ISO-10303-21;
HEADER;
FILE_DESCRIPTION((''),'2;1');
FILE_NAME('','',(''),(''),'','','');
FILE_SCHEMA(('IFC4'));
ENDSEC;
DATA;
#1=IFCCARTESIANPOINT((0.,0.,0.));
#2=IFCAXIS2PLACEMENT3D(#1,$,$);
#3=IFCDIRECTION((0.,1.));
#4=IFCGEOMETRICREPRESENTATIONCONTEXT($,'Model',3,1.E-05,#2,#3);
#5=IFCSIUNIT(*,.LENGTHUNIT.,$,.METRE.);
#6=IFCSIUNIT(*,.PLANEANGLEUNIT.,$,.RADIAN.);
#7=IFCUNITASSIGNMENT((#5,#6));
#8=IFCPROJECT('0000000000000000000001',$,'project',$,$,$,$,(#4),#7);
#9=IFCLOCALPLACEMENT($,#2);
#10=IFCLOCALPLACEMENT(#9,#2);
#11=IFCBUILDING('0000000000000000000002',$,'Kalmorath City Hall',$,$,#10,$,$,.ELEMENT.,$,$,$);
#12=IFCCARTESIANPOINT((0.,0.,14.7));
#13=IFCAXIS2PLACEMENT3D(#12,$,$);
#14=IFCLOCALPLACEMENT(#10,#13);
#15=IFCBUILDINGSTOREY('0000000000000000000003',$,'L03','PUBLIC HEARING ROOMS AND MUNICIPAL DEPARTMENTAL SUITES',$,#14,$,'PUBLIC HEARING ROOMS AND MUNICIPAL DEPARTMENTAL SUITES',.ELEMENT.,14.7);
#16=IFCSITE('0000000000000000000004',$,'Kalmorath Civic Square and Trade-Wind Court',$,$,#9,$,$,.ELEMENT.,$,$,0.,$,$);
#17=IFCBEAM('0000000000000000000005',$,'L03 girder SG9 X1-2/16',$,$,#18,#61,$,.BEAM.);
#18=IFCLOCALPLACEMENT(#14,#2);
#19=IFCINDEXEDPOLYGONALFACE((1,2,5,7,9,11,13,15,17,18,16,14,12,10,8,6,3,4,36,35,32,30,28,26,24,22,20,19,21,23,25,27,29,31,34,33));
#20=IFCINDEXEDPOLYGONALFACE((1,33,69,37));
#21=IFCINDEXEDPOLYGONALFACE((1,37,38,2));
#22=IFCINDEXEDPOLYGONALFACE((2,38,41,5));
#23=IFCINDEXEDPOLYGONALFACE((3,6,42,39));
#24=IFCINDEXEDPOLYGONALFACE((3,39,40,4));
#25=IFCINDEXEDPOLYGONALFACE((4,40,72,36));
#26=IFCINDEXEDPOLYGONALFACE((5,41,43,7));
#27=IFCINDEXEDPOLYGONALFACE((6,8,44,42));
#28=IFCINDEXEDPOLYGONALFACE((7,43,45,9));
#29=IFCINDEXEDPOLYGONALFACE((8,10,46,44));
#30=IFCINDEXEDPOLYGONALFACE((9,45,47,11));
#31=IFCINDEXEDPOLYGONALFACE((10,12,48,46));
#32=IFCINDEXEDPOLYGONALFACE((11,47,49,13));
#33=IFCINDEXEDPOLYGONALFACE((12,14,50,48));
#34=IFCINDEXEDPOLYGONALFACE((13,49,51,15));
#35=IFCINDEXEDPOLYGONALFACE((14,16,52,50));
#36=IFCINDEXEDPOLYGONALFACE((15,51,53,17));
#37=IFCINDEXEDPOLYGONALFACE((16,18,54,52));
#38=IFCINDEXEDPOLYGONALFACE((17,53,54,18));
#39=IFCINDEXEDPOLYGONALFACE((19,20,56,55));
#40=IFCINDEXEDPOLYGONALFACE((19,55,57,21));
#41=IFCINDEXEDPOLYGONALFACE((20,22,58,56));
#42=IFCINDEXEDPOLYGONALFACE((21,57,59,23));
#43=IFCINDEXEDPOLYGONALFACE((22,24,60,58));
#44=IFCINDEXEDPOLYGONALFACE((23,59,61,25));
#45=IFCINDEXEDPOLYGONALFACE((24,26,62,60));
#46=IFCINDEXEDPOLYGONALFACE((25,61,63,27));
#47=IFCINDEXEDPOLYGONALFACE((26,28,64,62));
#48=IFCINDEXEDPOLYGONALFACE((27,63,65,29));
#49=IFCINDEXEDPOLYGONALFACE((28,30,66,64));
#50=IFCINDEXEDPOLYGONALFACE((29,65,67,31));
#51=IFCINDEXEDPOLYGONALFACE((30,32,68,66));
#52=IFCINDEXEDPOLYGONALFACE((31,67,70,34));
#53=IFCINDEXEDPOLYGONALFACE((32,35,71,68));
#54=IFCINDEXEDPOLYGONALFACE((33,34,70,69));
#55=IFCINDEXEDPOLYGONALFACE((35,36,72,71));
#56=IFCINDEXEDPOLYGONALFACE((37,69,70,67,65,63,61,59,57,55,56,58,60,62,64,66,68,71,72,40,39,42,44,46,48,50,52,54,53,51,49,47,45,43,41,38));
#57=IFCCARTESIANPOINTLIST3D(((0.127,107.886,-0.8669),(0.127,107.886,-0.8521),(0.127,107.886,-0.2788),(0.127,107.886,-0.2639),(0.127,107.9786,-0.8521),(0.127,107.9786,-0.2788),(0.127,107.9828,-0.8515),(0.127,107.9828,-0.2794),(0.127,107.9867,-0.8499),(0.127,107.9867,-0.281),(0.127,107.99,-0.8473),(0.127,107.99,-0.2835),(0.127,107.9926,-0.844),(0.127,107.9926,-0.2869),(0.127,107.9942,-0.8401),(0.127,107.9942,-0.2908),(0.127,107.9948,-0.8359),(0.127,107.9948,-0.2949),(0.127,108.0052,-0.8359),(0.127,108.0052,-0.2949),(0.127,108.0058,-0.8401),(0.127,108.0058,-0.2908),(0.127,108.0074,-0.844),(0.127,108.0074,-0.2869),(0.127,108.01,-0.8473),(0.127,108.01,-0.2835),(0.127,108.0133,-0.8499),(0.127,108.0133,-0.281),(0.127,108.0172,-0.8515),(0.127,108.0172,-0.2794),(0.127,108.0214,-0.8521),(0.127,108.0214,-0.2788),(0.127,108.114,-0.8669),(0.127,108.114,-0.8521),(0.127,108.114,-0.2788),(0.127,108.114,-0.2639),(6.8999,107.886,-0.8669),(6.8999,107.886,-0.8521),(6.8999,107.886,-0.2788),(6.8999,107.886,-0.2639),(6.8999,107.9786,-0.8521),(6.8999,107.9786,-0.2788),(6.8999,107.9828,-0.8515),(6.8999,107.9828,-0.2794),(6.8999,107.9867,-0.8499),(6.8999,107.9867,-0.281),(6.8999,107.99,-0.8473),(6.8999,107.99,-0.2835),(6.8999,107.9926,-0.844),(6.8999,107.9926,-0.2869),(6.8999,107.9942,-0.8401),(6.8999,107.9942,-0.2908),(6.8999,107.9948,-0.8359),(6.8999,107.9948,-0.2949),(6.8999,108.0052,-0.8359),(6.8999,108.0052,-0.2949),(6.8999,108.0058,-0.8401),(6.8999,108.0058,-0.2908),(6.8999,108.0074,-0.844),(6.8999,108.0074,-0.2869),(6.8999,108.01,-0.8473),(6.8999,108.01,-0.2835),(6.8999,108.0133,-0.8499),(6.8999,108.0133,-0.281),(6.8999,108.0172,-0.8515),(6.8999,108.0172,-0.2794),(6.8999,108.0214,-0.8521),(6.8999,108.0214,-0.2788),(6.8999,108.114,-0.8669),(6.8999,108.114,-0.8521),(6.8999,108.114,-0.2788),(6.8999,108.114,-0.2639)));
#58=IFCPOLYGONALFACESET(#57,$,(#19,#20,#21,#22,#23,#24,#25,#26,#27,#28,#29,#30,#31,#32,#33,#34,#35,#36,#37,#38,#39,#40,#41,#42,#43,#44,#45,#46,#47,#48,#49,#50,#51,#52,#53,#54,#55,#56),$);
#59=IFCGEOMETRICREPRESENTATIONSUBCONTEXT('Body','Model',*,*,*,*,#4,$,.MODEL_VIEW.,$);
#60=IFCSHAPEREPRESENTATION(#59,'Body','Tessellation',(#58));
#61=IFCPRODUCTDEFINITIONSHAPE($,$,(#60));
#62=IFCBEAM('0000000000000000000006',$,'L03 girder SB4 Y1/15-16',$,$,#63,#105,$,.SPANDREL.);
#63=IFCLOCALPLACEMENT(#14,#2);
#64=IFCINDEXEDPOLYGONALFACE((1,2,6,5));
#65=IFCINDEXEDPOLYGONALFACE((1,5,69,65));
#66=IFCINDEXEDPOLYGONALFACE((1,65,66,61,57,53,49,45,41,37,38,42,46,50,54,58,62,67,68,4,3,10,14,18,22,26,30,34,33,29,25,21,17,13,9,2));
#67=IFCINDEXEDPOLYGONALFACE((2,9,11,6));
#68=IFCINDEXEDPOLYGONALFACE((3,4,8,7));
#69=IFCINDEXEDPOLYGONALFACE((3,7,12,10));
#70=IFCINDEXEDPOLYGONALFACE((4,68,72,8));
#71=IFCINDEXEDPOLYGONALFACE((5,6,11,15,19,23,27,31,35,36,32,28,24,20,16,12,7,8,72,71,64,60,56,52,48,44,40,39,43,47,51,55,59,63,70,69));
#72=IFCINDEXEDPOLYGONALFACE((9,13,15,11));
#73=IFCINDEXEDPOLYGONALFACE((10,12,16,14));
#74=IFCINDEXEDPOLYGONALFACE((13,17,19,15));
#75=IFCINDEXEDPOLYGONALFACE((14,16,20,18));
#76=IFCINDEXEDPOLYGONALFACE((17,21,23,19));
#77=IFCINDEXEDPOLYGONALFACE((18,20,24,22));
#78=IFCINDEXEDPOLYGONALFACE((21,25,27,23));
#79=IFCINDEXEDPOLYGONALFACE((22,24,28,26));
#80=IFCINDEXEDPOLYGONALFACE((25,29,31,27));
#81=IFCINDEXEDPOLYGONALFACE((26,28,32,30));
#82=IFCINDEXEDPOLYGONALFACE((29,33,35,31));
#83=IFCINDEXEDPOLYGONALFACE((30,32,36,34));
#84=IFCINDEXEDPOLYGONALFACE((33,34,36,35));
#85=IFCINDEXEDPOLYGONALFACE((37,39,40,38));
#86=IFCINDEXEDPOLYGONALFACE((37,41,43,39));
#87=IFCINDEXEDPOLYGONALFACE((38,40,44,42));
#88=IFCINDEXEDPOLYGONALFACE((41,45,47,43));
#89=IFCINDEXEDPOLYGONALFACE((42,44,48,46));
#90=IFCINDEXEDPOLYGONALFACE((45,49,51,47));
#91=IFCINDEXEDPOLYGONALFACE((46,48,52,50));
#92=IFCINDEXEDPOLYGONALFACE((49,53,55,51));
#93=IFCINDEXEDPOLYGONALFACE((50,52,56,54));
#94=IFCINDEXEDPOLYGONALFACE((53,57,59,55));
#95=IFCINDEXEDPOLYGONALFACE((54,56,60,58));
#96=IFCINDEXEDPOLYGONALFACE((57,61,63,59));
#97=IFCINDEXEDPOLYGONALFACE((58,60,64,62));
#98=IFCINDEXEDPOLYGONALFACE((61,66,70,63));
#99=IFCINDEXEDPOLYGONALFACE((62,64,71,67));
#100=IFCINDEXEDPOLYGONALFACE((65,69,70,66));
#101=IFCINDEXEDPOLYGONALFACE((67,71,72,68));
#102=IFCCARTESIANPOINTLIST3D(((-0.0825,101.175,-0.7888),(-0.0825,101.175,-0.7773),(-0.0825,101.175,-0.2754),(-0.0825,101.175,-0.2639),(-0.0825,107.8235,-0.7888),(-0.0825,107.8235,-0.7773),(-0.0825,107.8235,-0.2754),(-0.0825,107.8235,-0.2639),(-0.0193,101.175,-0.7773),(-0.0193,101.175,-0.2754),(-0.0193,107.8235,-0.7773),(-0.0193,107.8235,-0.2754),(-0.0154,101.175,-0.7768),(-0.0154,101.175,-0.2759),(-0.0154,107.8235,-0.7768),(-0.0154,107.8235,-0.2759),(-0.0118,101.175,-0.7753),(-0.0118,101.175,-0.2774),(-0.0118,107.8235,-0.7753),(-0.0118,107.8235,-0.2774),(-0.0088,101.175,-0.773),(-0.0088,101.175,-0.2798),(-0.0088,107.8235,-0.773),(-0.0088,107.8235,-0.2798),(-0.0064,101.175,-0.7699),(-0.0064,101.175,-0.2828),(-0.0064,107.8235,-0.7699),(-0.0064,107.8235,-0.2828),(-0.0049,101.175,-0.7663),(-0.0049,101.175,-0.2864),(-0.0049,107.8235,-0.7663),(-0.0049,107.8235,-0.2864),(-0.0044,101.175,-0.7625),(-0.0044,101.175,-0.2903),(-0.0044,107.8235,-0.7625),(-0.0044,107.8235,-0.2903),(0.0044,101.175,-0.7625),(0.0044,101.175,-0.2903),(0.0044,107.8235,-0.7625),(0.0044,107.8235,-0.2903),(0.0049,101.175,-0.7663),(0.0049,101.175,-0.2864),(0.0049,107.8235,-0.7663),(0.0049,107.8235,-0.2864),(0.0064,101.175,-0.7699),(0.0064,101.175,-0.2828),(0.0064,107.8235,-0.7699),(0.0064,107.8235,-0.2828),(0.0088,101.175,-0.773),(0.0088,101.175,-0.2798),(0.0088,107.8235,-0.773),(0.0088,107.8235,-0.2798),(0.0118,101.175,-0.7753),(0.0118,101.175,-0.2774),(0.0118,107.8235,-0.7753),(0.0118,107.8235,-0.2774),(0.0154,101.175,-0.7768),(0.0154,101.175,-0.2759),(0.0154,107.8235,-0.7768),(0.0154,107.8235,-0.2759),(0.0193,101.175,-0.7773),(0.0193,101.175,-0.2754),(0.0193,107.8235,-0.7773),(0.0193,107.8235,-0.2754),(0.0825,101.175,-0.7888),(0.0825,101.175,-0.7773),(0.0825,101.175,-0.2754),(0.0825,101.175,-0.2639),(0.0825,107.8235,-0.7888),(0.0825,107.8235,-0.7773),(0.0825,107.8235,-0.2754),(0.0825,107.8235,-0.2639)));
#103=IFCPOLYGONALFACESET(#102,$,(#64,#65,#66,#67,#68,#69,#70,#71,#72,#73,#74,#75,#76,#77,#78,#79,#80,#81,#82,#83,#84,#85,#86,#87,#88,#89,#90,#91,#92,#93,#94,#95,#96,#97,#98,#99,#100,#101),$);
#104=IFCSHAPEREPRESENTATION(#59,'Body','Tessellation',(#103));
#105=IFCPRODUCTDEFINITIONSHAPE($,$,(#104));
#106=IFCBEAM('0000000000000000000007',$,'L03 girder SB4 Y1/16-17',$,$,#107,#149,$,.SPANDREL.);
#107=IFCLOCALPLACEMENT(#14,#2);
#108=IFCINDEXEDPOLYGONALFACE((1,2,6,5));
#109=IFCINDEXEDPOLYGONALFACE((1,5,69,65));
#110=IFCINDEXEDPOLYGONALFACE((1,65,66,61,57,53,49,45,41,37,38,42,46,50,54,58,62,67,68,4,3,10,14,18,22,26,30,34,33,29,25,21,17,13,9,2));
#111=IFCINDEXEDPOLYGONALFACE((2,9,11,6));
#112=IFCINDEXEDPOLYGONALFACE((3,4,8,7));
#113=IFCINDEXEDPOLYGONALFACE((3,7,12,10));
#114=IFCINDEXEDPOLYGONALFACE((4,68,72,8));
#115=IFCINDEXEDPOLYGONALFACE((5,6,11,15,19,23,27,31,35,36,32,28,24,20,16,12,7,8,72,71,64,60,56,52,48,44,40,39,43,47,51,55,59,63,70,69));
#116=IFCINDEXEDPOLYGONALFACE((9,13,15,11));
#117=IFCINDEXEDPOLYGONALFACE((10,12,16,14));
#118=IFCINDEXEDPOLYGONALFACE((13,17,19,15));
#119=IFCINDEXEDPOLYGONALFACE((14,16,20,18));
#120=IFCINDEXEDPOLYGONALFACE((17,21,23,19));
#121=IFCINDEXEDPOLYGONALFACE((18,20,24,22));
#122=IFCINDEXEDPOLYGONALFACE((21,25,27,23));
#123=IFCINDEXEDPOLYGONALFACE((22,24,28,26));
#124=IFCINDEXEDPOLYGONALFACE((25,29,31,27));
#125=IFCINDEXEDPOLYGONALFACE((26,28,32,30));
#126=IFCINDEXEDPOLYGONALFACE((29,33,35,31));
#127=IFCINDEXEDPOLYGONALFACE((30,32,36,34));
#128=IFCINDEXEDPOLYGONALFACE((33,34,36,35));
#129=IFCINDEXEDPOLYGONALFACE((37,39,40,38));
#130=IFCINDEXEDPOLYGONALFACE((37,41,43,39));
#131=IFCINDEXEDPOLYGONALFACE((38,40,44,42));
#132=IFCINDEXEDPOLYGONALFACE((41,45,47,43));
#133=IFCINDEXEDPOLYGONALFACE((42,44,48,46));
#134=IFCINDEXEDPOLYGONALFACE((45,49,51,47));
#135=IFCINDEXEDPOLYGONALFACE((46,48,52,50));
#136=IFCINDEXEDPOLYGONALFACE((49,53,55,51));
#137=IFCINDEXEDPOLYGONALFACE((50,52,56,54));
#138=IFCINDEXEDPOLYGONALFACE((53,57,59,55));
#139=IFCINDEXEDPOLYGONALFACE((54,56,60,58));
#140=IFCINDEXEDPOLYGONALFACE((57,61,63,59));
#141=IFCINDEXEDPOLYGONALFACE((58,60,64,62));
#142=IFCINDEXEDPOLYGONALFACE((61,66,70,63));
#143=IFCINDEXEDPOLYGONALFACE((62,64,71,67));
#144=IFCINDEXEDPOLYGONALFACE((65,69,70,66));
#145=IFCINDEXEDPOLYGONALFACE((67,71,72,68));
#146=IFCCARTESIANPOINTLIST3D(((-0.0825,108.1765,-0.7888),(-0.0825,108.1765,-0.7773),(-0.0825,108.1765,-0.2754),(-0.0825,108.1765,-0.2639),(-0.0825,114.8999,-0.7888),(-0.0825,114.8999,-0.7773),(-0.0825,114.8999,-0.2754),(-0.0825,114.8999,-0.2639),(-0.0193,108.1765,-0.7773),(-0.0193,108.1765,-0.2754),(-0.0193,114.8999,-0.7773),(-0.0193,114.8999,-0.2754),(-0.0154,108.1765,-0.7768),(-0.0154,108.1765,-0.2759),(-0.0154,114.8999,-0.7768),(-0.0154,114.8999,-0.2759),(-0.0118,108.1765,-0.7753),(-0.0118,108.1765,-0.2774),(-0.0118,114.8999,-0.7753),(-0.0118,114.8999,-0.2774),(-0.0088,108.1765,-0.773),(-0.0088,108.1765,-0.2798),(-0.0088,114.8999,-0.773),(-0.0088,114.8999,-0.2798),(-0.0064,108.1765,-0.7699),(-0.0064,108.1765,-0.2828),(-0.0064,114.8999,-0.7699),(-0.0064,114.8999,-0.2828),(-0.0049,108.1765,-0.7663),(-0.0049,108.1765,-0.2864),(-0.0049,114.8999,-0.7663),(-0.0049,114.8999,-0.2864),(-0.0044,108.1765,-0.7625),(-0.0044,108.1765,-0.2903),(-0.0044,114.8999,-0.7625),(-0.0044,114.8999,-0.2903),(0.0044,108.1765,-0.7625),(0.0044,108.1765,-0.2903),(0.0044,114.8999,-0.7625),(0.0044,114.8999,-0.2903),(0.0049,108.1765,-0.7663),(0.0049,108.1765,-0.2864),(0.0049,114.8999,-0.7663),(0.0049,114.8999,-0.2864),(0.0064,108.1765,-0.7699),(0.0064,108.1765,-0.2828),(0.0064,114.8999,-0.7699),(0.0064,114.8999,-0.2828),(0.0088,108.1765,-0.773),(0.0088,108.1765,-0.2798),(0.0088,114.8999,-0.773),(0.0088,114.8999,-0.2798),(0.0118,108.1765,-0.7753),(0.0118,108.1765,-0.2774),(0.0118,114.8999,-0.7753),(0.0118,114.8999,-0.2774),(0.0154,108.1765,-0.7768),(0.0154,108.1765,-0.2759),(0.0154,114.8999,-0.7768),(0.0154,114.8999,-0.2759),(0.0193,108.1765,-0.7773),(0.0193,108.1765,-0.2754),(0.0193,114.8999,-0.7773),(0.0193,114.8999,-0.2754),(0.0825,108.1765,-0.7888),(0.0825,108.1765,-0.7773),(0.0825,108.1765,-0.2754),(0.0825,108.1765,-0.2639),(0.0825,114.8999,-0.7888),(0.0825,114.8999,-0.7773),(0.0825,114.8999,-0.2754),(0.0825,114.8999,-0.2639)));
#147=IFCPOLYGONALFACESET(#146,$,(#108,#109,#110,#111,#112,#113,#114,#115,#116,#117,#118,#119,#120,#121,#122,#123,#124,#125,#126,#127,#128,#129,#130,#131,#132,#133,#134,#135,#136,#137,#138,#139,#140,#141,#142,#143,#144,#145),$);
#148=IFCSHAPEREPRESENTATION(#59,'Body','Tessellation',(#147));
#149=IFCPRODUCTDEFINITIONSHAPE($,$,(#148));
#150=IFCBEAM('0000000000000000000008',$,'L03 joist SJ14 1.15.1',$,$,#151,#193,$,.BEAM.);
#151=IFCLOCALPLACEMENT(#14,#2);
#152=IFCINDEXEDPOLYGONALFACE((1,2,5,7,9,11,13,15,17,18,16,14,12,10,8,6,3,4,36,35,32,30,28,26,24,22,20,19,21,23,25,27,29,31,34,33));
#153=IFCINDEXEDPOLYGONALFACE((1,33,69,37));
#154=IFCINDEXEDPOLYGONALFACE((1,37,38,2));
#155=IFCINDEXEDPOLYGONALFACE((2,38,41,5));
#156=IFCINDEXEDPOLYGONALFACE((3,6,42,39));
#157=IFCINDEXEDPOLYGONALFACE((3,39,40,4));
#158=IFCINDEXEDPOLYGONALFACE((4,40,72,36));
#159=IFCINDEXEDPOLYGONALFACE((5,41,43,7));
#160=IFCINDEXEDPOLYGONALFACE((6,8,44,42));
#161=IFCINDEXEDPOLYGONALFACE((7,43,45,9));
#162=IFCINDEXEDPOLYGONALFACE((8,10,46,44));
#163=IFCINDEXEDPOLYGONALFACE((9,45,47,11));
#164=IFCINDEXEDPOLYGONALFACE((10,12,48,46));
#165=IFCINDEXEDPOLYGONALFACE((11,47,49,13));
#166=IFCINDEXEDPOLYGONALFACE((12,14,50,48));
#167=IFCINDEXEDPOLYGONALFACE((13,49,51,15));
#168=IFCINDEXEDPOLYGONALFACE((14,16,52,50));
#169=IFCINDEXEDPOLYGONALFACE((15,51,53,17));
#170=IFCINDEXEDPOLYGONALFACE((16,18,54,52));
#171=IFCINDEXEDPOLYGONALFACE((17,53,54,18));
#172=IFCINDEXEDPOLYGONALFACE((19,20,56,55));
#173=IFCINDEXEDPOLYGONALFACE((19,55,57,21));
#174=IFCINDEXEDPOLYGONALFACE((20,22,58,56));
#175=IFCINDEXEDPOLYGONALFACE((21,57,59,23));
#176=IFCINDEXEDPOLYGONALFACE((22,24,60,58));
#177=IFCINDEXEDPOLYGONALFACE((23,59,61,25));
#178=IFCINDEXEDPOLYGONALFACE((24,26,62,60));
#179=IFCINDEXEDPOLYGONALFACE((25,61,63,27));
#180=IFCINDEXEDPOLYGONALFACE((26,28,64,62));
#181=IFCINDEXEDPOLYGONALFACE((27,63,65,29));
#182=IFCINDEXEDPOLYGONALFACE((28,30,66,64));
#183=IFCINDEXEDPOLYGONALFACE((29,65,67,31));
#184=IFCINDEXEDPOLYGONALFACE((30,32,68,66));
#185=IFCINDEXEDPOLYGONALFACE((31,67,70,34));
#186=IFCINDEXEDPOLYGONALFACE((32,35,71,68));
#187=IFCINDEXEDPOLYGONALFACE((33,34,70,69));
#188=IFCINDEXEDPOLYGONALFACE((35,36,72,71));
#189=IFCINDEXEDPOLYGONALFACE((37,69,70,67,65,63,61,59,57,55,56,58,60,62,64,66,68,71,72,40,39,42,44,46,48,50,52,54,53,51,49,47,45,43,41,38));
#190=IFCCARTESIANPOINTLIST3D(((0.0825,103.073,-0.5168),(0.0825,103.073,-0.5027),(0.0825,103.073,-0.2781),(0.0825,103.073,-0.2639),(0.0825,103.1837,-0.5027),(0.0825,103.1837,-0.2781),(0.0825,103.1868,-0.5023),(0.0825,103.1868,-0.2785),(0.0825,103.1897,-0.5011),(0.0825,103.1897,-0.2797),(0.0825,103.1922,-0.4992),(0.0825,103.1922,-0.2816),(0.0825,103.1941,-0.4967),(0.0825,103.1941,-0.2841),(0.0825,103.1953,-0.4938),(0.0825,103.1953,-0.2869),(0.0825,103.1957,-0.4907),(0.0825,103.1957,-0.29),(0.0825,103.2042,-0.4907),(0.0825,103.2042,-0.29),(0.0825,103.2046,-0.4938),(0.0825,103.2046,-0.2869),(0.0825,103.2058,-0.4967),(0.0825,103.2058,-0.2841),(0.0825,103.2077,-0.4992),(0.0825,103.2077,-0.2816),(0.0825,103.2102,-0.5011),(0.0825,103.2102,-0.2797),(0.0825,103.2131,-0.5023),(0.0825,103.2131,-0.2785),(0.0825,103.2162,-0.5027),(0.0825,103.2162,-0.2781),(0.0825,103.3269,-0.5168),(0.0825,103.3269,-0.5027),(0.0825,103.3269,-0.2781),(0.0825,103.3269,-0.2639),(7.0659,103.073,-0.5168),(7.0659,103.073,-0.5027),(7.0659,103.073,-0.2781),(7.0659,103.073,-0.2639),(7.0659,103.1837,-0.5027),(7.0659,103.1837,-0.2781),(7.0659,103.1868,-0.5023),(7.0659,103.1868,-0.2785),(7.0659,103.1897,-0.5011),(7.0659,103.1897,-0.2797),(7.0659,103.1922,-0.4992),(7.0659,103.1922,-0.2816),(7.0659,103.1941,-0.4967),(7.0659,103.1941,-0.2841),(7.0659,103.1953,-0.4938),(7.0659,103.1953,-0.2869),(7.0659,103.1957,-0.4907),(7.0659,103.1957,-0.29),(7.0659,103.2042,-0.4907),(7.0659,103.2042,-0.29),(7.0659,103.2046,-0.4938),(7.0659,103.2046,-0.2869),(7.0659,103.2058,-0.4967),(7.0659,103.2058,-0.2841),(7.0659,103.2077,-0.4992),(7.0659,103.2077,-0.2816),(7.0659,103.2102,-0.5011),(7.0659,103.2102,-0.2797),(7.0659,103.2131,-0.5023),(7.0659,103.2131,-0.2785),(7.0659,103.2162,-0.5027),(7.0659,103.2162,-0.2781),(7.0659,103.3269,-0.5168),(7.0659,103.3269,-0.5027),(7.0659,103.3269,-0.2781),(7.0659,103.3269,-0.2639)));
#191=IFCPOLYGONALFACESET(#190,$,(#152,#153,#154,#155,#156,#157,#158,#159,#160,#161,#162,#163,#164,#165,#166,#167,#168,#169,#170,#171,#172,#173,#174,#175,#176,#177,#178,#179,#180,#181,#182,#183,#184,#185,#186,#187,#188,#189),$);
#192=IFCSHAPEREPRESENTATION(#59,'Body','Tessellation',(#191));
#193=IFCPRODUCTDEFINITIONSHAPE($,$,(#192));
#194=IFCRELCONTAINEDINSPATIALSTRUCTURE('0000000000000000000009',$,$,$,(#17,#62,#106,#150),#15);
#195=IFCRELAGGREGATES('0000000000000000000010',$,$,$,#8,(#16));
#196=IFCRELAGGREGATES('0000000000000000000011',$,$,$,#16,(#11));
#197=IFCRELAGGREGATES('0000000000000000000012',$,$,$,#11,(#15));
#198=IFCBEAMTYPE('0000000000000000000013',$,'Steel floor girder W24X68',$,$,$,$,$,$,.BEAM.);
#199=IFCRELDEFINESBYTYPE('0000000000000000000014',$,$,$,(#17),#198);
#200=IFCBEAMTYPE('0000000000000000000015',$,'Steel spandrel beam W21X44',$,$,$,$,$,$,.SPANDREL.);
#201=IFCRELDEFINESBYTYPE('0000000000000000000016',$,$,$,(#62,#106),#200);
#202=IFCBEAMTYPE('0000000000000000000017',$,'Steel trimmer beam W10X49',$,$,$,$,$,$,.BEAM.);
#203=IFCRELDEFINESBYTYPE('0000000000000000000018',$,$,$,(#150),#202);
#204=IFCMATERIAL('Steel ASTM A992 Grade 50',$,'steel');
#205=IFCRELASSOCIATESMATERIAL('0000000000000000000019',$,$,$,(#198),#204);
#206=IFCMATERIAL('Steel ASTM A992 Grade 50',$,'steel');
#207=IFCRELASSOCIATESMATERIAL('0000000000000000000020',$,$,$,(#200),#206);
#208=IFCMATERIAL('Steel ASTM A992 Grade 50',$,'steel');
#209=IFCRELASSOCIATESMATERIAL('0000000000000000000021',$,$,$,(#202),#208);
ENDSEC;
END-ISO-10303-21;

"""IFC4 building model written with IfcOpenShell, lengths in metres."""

from ifc_helpers import new_model, si_unit, direction, frame, origin, origin_2d, place, context, subcontext, project, spatial, i_section, extrude, material, material_profile, profile_set, type_object, element, save


model = new_model("IFC4")

# Units and contexts
model_context = context("Model", 3, precision=1e-05, world=origin(), true_north=direction((0.0, 1.0)))
body_context = subcontext(model_context, "Body", "Model", "MODEL_VIEW")
ifc_project = project(units=[si_unit("LENGTHUNIT", "METRE"), si_unit("PLANEANGLEUNIT", "RADIAN")], contexts=[model_context])

# Site, building, storey
site_placement = place(None, origin())
site = spatial("IfcSite", under=ifc_project, at=site_placement, Name="Kalmorath Civic Square and Trade-Wind Court", CompositionType="ELEMENT", RefElevation=0.0)
building_placement = place(site_placement, origin())
building = spatial("IfcBuilding", under=site, at=building_placement, Name="Kalmorath City Hall", CompositionType="ELEMENT")
storey_placement = place(building_placement, frame((0.0, 0.0, 14.7)))
storey = spatial("IfcBuildingStorey", under=building, at=storey_placement, Name="L03", Description="PUBLIC HEARING ROOMS AND MUNICIPAL DEPARTMENTAL SUITES", LongName="PUBLIC HEARING ROOMS AND MUNICIPAL DEPARTMENTAL SUITES", CompositionType="ELEMENT", Elevation=14.7)

# Beams
ifc_material_1 = material(Name="Steel ASTM A992 Grade 50", Category="steel")
ifc_material_profile_1 = material_profile(ifc_material_1, i_section(OverallWidth=0.228, OverallDepth=0.603, WebThickness=0.0105, FlangeThickness=0.0149, FilletRadius=0.0161, at=origin_2d()), Name="W24X68")
ifc_profile_set_1 = profile_set([ifc_material_profile_1], Name="Steel ASTM A992 Grade 50")
beam_type_1 = type_object("IfcBeamType", Name="Steel floor girder W24X68", PredefinedType="BEAM", material=ifc_profile_set_1)
beam_1_placement = place(storey_placement, frame((0.127, 108.0, -0.5654), z_axis=(1.0, 0.0, 0.0), x_axis=(0.0, 1.0, 0.0)))
element("IfcBeam", 1, at=beam_1_placement, inside=storey, type_object=beam_type_1, Name="L03 girder SG9 X1-2/16", PredefinedType="BEAM", context=body_context, shape_type="SweptSolid", body=[
    extrude(i_section(OverallWidth=0.228, OverallDepth=0.603, WebThickness=0.0105, FlangeThickness=0.0149, FilletRadius=0.0161, at=origin_2d()), origin(), (0.0, 0.0, 1.0), 6.7729),
])
ifc_material_2 = material(Name="Steel ASTM A992 Grade 50", Category="steel")
ifc_material_profile_2 = material_profile(ifc_material_2, i_section(OverallWidth=0.165, OverallDepth=0.5249, WebThickness=0.0088, FlangeThickness=0.0115, FilletRadius=0.0149, at=origin_2d()), Name="W21X44")
ifc_profile_set_2 = profile_set([ifc_material_profile_2], Name="Steel ASTM A992 Grade 50")
beam_type_2 = type_object("IfcBeamType", Name="Steel spandrel beam W21X44", PredefinedType="SPANDREL", material=ifc_profile_set_2)
beam_2_placement = place(storey_placement, frame((0.0, 101.175, -0.5264), z_axis=(0.0, 1.0, 0.0), x_axis=(-1.0, 0.0, 0.0)))
element("IfcBeam", 2, at=beam_2_placement, inside=storey, type_object=beam_type_2, Name="L03 girder SB4 Y1/15-16", PredefinedType="SPANDREL", context=body_context, shape_type="SweptSolid", body=[
    extrude(i_section(OverallWidth=0.165, OverallDepth=0.5249, WebThickness=0.0088, FlangeThickness=0.0115, FilletRadius=0.0149, at=origin_2d()), origin(), (0.0, 0.0, 1.0), 6.6484),
])
beam_3_placement = place(storey_placement, frame((0.0, 108.1765, -0.5264), z_axis=(0.0, 1.0, 0.0), x_axis=(-1.0, 0.0, 0.0)))
element("IfcBeam", 3, at=beam_3_placement, inside=storey, type_object=beam_type_2, Name="L03 girder SB4 Y1/16-17", PredefinedType="SPANDREL", context=body_context, shape_type="SweptSolid", body=[
    extrude(i_section(OverallWidth=0.165, OverallDepth=0.5249, WebThickness=0.0088, FlangeThickness=0.0115, FilletRadius=0.0149, at=origin_2d()), origin(), (0.0, 0.0, 1.0), 6.7234),
])
ifc_material_3 = material(Name="Steel ASTM A992 Grade 50", Category="steel")
ifc_material_profile_3 = material_profile(ifc_material_3, i_section(OverallWidth=0.2539, OverallDepth=0.2529, WebThickness=0.0085, FlangeThickness=0.0142, FilletRadius=0.012, at=origin_2d()), Name="W10X49")
ifc_profile_set_3 = profile_set([ifc_material_profile_3], Name="Steel ASTM A992 Grade 50")
beam_type_3 = type_object("IfcBeamType", Name="Steel trimmer beam W10X49", PredefinedType="BEAM", material=ifc_profile_set_3)
for number, where, z_axis, x_axis, name in (
    (4, (0.0825, 103.2, -0.3904), (1.0, 0.0, 0.0), (0.0, 1.0, 0.0), "L03 joist SJ14 1.15.1"),
):
    element("IfcBeam", number, at=place(storey_placement, frame(where, z_axis=z_axis, x_axis=x_axis)), inside=storey, type_object=beam_type_3, Name=name, PredefinedType="BEAM", context=body_context, shape_type="SweptSolid", body=[
        extrude(i_section(OverallWidth=0.2539, OverallDepth=0.2529, WebThickness=0.0085, FlangeThickness=0.0142, FilletRadius=0.012, at=origin_2d()), origin(), (0.0, 0.0, 1.0), 6.9834),
    ])

save(model, "model.ifc")
